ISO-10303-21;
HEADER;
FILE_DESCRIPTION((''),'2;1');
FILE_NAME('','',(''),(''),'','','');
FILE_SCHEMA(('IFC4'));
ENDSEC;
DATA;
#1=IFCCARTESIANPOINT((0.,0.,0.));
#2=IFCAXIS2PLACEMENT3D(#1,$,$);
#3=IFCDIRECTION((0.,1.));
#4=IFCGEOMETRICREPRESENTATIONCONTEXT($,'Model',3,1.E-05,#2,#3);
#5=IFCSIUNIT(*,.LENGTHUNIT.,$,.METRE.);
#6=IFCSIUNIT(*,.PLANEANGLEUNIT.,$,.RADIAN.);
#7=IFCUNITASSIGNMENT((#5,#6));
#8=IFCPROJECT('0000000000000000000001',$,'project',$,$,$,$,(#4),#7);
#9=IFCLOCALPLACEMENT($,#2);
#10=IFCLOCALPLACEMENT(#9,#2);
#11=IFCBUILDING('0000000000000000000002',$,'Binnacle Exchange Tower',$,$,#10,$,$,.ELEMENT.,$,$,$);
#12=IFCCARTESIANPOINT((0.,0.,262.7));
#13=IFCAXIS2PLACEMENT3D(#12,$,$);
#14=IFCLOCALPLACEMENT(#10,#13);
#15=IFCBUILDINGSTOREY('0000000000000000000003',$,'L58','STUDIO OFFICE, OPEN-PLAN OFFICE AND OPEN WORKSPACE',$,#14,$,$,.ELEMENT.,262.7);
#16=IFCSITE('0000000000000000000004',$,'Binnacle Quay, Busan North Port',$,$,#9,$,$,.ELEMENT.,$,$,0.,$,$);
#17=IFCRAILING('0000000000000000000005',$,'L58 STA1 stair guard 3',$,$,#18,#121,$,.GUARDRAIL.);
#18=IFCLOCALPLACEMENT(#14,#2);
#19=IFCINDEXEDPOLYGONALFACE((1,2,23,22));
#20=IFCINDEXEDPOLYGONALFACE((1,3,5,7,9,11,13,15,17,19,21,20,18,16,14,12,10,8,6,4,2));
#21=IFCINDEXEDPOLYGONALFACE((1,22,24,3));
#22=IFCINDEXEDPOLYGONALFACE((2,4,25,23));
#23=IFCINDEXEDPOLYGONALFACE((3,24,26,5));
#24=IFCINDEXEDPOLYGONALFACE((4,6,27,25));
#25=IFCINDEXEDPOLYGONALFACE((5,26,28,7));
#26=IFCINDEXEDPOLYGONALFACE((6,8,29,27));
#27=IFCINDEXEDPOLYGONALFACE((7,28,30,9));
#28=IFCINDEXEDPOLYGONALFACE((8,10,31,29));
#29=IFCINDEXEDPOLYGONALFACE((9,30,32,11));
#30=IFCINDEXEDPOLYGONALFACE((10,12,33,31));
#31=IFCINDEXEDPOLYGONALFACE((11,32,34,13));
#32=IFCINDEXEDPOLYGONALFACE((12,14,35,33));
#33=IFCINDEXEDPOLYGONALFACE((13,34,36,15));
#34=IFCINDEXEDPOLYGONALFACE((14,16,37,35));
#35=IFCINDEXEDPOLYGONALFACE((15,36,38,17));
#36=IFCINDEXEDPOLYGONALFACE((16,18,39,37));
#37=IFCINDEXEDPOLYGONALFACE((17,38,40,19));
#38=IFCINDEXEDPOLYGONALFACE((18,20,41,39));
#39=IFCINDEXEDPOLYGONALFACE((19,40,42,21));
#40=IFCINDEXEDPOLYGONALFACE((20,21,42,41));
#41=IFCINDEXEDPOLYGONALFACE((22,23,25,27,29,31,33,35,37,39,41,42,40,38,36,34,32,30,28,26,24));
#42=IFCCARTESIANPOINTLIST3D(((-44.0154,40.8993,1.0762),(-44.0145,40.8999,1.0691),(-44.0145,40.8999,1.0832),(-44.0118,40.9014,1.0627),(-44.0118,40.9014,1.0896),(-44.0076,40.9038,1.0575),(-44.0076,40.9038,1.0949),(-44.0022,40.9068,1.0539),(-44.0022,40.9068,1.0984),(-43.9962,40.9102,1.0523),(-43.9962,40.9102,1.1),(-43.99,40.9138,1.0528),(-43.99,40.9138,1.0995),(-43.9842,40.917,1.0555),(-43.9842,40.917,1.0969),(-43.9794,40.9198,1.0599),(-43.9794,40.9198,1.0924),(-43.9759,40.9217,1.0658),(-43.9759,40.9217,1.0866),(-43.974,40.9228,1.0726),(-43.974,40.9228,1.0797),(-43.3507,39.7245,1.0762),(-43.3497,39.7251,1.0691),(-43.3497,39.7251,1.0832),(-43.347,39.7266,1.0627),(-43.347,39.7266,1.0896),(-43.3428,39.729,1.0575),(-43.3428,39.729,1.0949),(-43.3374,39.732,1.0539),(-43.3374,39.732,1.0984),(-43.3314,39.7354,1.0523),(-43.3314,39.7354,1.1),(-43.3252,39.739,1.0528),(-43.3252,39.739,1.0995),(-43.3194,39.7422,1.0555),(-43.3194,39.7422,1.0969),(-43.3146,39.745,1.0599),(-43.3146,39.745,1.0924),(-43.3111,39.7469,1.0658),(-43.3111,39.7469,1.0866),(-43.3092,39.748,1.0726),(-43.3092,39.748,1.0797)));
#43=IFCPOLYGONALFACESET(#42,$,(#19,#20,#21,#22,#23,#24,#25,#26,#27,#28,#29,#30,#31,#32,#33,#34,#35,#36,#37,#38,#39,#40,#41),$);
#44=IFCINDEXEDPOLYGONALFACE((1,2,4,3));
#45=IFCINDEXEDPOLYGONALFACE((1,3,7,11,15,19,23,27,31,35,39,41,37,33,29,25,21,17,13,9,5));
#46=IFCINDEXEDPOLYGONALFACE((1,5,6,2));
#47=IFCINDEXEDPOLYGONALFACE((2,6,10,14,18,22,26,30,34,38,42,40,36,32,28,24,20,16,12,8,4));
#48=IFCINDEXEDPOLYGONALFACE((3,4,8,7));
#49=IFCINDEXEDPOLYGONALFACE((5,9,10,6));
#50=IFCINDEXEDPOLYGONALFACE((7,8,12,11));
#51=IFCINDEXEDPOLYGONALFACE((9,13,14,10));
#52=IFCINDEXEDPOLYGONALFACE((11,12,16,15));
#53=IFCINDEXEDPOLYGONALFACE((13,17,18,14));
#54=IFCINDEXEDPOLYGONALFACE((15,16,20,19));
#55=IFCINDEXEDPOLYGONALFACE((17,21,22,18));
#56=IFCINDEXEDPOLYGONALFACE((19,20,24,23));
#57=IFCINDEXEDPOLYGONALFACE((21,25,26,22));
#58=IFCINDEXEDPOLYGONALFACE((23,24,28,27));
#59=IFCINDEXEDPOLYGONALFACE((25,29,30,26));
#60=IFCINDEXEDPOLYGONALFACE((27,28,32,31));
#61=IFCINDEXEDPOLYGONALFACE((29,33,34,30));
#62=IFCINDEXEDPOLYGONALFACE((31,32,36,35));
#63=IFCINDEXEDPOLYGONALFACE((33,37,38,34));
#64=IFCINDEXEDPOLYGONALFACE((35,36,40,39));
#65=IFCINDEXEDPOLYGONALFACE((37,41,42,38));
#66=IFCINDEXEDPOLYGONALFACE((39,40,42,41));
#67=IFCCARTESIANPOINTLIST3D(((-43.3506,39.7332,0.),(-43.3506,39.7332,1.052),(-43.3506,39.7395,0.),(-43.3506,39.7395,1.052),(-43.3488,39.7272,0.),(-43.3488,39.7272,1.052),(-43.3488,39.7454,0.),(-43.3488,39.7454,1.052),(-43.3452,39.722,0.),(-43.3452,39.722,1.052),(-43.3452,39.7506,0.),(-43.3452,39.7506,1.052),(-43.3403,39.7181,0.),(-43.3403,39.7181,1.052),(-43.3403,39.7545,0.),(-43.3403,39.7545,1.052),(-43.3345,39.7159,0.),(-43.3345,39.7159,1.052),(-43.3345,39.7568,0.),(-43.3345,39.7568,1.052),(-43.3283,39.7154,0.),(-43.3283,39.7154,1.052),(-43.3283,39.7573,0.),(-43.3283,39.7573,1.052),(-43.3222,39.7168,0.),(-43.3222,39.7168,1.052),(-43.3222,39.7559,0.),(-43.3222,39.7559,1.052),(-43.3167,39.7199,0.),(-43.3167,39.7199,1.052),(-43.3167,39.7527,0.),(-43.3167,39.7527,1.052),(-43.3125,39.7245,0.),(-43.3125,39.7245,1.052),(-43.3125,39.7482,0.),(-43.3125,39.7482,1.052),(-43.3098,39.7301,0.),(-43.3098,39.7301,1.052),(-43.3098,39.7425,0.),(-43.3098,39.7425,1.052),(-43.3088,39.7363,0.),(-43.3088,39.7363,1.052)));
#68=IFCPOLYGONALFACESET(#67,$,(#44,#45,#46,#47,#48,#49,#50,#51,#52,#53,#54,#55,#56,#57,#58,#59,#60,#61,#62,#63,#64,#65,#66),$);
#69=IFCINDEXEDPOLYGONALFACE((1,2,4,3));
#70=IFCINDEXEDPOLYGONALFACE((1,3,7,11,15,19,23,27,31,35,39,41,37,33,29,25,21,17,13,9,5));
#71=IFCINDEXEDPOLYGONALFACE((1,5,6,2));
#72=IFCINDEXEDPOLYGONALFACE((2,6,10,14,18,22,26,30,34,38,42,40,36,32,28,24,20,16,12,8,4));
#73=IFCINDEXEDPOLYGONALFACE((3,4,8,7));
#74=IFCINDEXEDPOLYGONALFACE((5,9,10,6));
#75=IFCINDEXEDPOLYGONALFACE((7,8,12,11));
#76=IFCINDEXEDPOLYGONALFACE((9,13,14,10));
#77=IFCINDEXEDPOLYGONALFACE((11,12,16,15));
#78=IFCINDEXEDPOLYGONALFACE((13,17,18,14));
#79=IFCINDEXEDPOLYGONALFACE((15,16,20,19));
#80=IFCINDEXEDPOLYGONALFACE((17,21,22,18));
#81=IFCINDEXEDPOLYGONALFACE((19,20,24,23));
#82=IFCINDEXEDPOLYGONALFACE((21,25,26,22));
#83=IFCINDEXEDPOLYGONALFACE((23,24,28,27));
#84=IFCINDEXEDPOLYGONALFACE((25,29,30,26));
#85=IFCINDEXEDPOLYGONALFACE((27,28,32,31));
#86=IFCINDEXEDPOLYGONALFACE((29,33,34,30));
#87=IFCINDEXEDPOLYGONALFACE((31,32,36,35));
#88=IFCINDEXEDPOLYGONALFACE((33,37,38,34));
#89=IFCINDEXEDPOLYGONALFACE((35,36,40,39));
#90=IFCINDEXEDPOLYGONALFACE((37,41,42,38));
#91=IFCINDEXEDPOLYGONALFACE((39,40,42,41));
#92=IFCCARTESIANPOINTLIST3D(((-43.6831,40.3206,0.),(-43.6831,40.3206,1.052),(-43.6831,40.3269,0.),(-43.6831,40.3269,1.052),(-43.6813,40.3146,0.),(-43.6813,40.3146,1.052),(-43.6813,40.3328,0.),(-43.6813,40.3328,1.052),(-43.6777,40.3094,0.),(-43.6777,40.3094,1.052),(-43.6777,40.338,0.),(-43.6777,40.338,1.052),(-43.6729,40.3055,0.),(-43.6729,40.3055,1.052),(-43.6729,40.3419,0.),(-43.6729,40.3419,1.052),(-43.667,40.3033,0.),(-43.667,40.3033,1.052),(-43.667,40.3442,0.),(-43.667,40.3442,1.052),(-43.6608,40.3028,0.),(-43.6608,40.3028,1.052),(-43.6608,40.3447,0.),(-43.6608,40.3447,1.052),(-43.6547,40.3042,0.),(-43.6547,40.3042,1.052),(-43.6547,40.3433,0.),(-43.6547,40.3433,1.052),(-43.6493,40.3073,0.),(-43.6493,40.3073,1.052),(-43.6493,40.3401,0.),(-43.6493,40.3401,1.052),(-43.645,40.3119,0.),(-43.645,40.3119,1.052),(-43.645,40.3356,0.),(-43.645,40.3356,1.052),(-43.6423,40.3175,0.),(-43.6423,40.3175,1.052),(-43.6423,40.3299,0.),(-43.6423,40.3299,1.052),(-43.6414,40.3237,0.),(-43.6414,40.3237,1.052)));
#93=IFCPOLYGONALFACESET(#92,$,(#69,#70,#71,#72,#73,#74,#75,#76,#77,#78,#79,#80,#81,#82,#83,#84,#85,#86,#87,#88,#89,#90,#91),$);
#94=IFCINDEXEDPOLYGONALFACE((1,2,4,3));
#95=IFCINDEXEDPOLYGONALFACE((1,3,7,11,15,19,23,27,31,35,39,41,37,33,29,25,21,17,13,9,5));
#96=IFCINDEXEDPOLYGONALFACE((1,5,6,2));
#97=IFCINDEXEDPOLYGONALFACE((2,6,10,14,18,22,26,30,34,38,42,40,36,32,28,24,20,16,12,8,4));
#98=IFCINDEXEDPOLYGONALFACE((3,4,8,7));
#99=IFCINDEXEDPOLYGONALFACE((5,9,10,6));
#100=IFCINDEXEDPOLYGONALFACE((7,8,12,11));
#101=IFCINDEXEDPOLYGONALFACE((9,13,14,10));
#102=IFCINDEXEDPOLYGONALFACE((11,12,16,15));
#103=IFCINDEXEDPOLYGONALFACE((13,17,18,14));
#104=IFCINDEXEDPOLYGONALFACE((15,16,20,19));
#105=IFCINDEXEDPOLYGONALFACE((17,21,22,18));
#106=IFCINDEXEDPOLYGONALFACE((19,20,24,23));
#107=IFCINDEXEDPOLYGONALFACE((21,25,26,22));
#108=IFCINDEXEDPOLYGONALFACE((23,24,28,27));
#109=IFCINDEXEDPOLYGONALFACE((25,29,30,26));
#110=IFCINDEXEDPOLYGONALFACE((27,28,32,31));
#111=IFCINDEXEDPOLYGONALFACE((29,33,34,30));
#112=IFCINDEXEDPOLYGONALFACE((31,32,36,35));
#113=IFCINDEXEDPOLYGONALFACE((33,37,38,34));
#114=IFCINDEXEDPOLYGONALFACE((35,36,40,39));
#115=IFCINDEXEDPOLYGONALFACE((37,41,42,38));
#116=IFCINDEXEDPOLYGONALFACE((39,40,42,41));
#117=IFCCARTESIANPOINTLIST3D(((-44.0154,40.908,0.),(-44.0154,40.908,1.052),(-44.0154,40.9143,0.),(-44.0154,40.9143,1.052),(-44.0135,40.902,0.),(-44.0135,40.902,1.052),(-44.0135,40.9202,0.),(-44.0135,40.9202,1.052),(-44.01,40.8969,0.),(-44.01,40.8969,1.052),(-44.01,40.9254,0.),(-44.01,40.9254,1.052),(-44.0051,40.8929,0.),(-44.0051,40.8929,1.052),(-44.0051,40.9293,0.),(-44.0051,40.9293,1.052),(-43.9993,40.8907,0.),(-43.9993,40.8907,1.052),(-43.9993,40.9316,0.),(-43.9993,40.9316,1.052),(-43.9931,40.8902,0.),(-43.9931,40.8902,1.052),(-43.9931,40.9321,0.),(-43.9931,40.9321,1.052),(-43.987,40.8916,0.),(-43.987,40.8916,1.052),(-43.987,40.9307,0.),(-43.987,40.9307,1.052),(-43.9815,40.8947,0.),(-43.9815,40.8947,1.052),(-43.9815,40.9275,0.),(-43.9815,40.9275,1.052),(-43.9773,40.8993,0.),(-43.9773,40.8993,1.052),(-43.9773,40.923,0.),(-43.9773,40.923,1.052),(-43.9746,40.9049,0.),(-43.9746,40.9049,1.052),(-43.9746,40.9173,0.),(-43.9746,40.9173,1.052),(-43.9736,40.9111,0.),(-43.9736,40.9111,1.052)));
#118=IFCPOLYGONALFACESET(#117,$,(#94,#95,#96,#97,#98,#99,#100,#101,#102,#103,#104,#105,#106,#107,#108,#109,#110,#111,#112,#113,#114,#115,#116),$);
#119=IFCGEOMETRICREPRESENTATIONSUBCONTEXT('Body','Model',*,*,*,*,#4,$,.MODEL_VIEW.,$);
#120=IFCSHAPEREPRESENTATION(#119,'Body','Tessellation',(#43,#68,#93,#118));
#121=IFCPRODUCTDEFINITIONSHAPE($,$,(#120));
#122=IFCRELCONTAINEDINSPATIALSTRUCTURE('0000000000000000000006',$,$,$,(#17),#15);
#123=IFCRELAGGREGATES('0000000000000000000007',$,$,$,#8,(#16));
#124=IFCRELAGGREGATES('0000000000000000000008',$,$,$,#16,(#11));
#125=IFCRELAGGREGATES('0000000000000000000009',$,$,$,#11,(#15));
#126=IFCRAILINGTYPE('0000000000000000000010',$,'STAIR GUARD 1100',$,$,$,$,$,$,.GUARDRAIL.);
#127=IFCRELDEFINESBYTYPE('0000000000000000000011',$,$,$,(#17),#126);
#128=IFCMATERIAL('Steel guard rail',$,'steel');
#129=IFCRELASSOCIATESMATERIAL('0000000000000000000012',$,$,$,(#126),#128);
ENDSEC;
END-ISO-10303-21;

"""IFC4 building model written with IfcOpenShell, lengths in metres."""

from ifc_helpers import new_model, si_unit, direction, frame, origin, origin_2d, place, context, subcontext, project, spatial, circle, extrude, material, type_object, element, save


model = new_model("IFC4")

# Units and contexts
model_context = context("Model", 3, precision=1e-05, world=origin(), true_north=direction((0.0, 1.0)))
body_context = subcontext(model_context, "Body", "Model", "MODEL_VIEW")
ifc_project = project(units=[si_unit("LENGTHUNIT", "METRE"), si_unit("PLANEANGLEUNIT", "RADIAN")], contexts=[model_context])

# Site, building, storey
site_placement = place(None, origin())
site = spatial("IfcSite", under=ifc_project, at=site_placement, Name="Binnacle Quay, Busan North Port", CompositionType="ELEMENT", RefElevation=0.0)
building_placement = place(site_placement, origin())
building = spatial("IfcBuilding", under=site, at=building_placement, Name="Binnacle Exchange Tower", CompositionType="ELEMENT")
storey_placement = place(building_placement, frame((0.0, 0.0, 262.7)))
storey = spatial("IfcBuildingStorey", under=building, at=storey_placement, Name="L58", Description="STUDIO OFFICE, OPEN-PLAN OFFICE AND OPEN WORKSPACE", CompositionType="ELEMENT", Elevation=262.7)

# Railing
ifc_material_1 = material(Name="Steel guard rail", Category="steel")
railing_type = type_object("IfcRailingType", Name="STAIR GUARD 1100", PredefinedType="GUARDRAIL", material=ifc_material_1)
railing_1_placement = place(storey_placement, frame((-43.3298, 39.7363, 0.0)))
element("IfcRailing", 1, at=railing_1_placement, inside=storey, type_object=railing_type, Name="L58 STA1 stair guard 3", PredefinedType="GUARDRAIL", context=body_context, shape_type="SweptSolid", body=[
    extrude(circle(Radius=0.0239, at=origin_2d()), frame((0.0, 0.0, 1.0762), z_axis=(-0.492492, 0.870317, 0.0), x_axis=(-0.870317, -0.492492, 0.0)), (0.0, 0.0, 1.0), 1.3499),
    extrude(circle(Radius=0.021, at=origin_2d()), origin(), (0.0, 0.0, 1.0), 1.052),
    extrude(circle(Radius=0.021, at=origin_2d()), frame((-0.3325, 0.5874, 0.0)), (0.0, 0.0, 1.0), 1.052),
    extrude(circle(Radius=0.021, at=origin_2d()), frame((-0.6648, 1.1748, 0.0)), (0.0, 0.0, 1.0), 1.052),
])

save(model, "model.ifc")
